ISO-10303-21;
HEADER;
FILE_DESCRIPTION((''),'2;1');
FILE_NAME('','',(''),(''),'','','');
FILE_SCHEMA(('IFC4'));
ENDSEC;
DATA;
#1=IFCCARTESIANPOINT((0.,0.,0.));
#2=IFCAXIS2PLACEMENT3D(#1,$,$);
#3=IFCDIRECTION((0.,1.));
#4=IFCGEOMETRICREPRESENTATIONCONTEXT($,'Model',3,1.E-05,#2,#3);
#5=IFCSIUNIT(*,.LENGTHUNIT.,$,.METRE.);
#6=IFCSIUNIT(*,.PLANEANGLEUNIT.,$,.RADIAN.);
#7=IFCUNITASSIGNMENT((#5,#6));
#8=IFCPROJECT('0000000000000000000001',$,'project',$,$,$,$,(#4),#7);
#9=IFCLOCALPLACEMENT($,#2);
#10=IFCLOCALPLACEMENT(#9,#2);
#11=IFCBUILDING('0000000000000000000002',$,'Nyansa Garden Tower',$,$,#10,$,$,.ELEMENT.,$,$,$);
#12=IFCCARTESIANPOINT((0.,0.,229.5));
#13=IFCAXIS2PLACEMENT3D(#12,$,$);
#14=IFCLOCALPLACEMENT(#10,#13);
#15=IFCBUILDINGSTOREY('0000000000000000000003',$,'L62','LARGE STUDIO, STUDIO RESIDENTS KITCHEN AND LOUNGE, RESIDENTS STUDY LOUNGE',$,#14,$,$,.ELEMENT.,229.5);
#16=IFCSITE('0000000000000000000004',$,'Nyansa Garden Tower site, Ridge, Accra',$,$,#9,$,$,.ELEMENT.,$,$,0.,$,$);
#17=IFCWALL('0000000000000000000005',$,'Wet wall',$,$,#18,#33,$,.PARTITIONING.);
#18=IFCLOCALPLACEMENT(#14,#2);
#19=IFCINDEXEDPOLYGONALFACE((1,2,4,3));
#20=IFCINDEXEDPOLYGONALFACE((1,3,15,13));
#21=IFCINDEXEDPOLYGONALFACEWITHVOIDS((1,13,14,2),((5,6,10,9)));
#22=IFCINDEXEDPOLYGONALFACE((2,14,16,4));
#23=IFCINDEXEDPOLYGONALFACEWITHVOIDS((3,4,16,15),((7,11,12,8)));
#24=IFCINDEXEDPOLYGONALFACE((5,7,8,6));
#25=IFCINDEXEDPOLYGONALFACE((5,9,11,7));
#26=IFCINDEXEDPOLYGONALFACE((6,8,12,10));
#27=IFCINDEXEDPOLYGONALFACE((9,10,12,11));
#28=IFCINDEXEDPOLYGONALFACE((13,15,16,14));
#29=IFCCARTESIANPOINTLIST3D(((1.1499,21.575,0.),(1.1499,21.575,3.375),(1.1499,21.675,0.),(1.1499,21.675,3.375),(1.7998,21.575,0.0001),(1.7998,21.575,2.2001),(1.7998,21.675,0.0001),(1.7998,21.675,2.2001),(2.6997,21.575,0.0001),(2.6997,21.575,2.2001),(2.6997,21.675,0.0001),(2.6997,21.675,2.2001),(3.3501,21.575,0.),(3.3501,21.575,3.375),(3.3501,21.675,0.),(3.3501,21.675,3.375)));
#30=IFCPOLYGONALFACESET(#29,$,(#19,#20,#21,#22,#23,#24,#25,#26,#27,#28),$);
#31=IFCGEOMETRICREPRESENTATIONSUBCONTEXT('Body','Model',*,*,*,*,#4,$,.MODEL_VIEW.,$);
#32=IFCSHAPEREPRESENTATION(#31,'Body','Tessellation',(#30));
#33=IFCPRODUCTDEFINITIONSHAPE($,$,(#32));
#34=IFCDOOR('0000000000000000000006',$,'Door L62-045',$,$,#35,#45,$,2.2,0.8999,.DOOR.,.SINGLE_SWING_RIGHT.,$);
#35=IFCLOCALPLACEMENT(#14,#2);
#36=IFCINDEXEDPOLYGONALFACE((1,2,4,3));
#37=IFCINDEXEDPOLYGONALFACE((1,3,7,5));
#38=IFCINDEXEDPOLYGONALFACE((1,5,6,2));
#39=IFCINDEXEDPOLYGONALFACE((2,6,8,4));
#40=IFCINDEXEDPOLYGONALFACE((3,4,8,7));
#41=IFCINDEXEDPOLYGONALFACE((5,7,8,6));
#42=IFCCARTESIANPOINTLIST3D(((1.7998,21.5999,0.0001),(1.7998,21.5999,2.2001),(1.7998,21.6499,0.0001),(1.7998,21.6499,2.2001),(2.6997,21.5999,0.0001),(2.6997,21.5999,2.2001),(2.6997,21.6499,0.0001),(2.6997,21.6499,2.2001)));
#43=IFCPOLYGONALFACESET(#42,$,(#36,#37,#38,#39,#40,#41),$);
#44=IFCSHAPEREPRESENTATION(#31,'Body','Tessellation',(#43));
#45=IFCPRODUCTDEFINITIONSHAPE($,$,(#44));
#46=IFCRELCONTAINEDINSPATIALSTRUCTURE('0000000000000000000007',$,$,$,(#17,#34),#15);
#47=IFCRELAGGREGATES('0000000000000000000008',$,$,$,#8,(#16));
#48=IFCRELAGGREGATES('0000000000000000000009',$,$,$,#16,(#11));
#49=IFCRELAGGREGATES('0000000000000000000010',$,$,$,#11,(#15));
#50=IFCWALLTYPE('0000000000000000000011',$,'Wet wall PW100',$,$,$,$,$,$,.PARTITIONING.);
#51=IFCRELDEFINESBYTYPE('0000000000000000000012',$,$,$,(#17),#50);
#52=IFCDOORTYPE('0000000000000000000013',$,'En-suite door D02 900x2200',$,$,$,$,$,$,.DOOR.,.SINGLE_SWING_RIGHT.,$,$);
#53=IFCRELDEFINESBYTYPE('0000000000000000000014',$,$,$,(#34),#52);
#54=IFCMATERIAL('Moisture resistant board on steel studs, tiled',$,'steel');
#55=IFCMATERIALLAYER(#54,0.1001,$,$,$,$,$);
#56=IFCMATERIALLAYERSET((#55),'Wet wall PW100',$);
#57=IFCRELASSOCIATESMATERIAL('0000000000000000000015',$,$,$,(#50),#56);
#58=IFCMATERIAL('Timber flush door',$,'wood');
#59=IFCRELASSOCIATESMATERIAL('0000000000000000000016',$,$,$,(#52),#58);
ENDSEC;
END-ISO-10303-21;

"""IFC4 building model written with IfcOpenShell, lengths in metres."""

from ifc_helpers import new_model, si_unit, direction, frame, frame_2d, origin, place, context, subcontext, project, spatial, rectangle, extrude, material, layer, layer_set, type_object, element, fill, save


model = new_model("IFC4")

# Units and contexts
model_context = context("Model", 3, precision=1e-05, world=origin(), true_north=direction((0.0, 1.0)))
body_context = subcontext(model_context, "Body", "Model", "MODEL_VIEW")
ifc_project = project(units=[si_unit("LENGTHUNIT", "METRE"), si_unit("PLANEANGLEUNIT", "RADIAN")], contexts=[model_context])

# Site, building, storey
site_placement = place(None, origin())
site = spatial("IfcSite", under=ifc_project, at=site_placement, Name="Nyansa Garden Tower site, Ridge, Accra", CompositionType="ELEMENT", RefElevation=0.0)
building_placement = place(site_placement, origin())
building = spatial("IfcBuilding", under=site, at=building_placement, Name="Nyansa Garden Tower", CompositionType="ELEMENT")
storey_placement = place(building_placement, frame((0.0, 0.0, 229.5)))
storey = spatial("IfcBuildingStorey", under=building, at=storey_placement, Name="L62", Description="LARGE STUDIO, STUDIO RESIDENTS KITCHEN AND LOUNGE, RESIDENTS STUDY LOUNGE", CompositionType="ELEMENT", Elevation=229.5)

# Shared definitions
ifc_material_1 = material(Name="Moisture resistant board on steel studs, tiled", Category="steel")
ifc_layer_1 = layer(ifc_material_1, 0.1001)
ifc_layer_set_1 = layer_set([ifc_layer_1], Name="Wet wall PW100")
wall_type_1 = type_object("IfcWallType", Name="Wet wall PW100", PredefinedType="PARTITIONING", material=ifc_layer_set_1)

# Wall, opening, door
wall_1_placement = place(storey_placement, frame((1.1499, 21.625, 0.0), z_axis=(0.0, 0.0, 1.0), x_axis=(1.0, 0.0, 0.0)))
wall_1 = element("IfcWall", 1, at=wall_1_placement, inside=storey, type_object=wall_type_1, Name="Wet wall", PredefinedType="PARTITIONING", context=body_context, shape_type="SweptSolid", body=[
    extrude(rectangle(XDim=2.2002, YDim=0.1001, at=frame_2d((1.1001, 0.0))), origin(), (0.0, 0.0, 1.0), 3.375),
])
opening_1_placement = place(wall_1_placement, frame((0.6499, 0.0, 0.0)))
opening_1 = element("IfcOpeningElement", 2, at=opening_1_placement, cuts=wall_1, PredefinedType="OPENING", context=body_context, shape_type="SweptSolid", body=[
    extrude(rectangle(XDim=0.8999, YDim=2.2, at=frame_2d((0.45, 1.1001))), frame((0.0, 0.0601, 0.0), z_axis=(0.0, -1.0, 0.0), x_axis=(1.0, 0.0, 0.0)), (0.0, 0.0, 1.0), 0.1201),
])
ifc_material_2 = material(Name="Timber flush door", Category="wood")
door_type_1 = type_object("IfcDoorType", Name="En-suite door D02 900x2200", OperationType="SINGLE_SWING_RIGHT", PredefinedType="DOOR", material=ifc_material_2)
door_1_placement = place(opening_1_placement, origin())
door_1 = element("IfcDoor", 3, at=door_1_placement, inside=storey, type_object=door_type_1, Name="Door L62-045", OperationType="SINGLE_SWING_RIGHT", OverallHeight=2.2, OverallWidth=0.8999, PredefinedType="DOOR", context=body_context, shape_type="SweptSolid", body=[
    extrude(rectangle(XDim=0.8999, YDim=2.2, at=frame_2d((0.45, 1.1001))), frame((0.0, 0.0249, 0.0), z_axis=(0.0, -1.0, 0.0), x_axis=(1.0, 0.0, 0.0)), (0.0, 0.0, 1.0), 0.05),
])
fill(opening_1, door_1)

save(model, "model.ifc")
